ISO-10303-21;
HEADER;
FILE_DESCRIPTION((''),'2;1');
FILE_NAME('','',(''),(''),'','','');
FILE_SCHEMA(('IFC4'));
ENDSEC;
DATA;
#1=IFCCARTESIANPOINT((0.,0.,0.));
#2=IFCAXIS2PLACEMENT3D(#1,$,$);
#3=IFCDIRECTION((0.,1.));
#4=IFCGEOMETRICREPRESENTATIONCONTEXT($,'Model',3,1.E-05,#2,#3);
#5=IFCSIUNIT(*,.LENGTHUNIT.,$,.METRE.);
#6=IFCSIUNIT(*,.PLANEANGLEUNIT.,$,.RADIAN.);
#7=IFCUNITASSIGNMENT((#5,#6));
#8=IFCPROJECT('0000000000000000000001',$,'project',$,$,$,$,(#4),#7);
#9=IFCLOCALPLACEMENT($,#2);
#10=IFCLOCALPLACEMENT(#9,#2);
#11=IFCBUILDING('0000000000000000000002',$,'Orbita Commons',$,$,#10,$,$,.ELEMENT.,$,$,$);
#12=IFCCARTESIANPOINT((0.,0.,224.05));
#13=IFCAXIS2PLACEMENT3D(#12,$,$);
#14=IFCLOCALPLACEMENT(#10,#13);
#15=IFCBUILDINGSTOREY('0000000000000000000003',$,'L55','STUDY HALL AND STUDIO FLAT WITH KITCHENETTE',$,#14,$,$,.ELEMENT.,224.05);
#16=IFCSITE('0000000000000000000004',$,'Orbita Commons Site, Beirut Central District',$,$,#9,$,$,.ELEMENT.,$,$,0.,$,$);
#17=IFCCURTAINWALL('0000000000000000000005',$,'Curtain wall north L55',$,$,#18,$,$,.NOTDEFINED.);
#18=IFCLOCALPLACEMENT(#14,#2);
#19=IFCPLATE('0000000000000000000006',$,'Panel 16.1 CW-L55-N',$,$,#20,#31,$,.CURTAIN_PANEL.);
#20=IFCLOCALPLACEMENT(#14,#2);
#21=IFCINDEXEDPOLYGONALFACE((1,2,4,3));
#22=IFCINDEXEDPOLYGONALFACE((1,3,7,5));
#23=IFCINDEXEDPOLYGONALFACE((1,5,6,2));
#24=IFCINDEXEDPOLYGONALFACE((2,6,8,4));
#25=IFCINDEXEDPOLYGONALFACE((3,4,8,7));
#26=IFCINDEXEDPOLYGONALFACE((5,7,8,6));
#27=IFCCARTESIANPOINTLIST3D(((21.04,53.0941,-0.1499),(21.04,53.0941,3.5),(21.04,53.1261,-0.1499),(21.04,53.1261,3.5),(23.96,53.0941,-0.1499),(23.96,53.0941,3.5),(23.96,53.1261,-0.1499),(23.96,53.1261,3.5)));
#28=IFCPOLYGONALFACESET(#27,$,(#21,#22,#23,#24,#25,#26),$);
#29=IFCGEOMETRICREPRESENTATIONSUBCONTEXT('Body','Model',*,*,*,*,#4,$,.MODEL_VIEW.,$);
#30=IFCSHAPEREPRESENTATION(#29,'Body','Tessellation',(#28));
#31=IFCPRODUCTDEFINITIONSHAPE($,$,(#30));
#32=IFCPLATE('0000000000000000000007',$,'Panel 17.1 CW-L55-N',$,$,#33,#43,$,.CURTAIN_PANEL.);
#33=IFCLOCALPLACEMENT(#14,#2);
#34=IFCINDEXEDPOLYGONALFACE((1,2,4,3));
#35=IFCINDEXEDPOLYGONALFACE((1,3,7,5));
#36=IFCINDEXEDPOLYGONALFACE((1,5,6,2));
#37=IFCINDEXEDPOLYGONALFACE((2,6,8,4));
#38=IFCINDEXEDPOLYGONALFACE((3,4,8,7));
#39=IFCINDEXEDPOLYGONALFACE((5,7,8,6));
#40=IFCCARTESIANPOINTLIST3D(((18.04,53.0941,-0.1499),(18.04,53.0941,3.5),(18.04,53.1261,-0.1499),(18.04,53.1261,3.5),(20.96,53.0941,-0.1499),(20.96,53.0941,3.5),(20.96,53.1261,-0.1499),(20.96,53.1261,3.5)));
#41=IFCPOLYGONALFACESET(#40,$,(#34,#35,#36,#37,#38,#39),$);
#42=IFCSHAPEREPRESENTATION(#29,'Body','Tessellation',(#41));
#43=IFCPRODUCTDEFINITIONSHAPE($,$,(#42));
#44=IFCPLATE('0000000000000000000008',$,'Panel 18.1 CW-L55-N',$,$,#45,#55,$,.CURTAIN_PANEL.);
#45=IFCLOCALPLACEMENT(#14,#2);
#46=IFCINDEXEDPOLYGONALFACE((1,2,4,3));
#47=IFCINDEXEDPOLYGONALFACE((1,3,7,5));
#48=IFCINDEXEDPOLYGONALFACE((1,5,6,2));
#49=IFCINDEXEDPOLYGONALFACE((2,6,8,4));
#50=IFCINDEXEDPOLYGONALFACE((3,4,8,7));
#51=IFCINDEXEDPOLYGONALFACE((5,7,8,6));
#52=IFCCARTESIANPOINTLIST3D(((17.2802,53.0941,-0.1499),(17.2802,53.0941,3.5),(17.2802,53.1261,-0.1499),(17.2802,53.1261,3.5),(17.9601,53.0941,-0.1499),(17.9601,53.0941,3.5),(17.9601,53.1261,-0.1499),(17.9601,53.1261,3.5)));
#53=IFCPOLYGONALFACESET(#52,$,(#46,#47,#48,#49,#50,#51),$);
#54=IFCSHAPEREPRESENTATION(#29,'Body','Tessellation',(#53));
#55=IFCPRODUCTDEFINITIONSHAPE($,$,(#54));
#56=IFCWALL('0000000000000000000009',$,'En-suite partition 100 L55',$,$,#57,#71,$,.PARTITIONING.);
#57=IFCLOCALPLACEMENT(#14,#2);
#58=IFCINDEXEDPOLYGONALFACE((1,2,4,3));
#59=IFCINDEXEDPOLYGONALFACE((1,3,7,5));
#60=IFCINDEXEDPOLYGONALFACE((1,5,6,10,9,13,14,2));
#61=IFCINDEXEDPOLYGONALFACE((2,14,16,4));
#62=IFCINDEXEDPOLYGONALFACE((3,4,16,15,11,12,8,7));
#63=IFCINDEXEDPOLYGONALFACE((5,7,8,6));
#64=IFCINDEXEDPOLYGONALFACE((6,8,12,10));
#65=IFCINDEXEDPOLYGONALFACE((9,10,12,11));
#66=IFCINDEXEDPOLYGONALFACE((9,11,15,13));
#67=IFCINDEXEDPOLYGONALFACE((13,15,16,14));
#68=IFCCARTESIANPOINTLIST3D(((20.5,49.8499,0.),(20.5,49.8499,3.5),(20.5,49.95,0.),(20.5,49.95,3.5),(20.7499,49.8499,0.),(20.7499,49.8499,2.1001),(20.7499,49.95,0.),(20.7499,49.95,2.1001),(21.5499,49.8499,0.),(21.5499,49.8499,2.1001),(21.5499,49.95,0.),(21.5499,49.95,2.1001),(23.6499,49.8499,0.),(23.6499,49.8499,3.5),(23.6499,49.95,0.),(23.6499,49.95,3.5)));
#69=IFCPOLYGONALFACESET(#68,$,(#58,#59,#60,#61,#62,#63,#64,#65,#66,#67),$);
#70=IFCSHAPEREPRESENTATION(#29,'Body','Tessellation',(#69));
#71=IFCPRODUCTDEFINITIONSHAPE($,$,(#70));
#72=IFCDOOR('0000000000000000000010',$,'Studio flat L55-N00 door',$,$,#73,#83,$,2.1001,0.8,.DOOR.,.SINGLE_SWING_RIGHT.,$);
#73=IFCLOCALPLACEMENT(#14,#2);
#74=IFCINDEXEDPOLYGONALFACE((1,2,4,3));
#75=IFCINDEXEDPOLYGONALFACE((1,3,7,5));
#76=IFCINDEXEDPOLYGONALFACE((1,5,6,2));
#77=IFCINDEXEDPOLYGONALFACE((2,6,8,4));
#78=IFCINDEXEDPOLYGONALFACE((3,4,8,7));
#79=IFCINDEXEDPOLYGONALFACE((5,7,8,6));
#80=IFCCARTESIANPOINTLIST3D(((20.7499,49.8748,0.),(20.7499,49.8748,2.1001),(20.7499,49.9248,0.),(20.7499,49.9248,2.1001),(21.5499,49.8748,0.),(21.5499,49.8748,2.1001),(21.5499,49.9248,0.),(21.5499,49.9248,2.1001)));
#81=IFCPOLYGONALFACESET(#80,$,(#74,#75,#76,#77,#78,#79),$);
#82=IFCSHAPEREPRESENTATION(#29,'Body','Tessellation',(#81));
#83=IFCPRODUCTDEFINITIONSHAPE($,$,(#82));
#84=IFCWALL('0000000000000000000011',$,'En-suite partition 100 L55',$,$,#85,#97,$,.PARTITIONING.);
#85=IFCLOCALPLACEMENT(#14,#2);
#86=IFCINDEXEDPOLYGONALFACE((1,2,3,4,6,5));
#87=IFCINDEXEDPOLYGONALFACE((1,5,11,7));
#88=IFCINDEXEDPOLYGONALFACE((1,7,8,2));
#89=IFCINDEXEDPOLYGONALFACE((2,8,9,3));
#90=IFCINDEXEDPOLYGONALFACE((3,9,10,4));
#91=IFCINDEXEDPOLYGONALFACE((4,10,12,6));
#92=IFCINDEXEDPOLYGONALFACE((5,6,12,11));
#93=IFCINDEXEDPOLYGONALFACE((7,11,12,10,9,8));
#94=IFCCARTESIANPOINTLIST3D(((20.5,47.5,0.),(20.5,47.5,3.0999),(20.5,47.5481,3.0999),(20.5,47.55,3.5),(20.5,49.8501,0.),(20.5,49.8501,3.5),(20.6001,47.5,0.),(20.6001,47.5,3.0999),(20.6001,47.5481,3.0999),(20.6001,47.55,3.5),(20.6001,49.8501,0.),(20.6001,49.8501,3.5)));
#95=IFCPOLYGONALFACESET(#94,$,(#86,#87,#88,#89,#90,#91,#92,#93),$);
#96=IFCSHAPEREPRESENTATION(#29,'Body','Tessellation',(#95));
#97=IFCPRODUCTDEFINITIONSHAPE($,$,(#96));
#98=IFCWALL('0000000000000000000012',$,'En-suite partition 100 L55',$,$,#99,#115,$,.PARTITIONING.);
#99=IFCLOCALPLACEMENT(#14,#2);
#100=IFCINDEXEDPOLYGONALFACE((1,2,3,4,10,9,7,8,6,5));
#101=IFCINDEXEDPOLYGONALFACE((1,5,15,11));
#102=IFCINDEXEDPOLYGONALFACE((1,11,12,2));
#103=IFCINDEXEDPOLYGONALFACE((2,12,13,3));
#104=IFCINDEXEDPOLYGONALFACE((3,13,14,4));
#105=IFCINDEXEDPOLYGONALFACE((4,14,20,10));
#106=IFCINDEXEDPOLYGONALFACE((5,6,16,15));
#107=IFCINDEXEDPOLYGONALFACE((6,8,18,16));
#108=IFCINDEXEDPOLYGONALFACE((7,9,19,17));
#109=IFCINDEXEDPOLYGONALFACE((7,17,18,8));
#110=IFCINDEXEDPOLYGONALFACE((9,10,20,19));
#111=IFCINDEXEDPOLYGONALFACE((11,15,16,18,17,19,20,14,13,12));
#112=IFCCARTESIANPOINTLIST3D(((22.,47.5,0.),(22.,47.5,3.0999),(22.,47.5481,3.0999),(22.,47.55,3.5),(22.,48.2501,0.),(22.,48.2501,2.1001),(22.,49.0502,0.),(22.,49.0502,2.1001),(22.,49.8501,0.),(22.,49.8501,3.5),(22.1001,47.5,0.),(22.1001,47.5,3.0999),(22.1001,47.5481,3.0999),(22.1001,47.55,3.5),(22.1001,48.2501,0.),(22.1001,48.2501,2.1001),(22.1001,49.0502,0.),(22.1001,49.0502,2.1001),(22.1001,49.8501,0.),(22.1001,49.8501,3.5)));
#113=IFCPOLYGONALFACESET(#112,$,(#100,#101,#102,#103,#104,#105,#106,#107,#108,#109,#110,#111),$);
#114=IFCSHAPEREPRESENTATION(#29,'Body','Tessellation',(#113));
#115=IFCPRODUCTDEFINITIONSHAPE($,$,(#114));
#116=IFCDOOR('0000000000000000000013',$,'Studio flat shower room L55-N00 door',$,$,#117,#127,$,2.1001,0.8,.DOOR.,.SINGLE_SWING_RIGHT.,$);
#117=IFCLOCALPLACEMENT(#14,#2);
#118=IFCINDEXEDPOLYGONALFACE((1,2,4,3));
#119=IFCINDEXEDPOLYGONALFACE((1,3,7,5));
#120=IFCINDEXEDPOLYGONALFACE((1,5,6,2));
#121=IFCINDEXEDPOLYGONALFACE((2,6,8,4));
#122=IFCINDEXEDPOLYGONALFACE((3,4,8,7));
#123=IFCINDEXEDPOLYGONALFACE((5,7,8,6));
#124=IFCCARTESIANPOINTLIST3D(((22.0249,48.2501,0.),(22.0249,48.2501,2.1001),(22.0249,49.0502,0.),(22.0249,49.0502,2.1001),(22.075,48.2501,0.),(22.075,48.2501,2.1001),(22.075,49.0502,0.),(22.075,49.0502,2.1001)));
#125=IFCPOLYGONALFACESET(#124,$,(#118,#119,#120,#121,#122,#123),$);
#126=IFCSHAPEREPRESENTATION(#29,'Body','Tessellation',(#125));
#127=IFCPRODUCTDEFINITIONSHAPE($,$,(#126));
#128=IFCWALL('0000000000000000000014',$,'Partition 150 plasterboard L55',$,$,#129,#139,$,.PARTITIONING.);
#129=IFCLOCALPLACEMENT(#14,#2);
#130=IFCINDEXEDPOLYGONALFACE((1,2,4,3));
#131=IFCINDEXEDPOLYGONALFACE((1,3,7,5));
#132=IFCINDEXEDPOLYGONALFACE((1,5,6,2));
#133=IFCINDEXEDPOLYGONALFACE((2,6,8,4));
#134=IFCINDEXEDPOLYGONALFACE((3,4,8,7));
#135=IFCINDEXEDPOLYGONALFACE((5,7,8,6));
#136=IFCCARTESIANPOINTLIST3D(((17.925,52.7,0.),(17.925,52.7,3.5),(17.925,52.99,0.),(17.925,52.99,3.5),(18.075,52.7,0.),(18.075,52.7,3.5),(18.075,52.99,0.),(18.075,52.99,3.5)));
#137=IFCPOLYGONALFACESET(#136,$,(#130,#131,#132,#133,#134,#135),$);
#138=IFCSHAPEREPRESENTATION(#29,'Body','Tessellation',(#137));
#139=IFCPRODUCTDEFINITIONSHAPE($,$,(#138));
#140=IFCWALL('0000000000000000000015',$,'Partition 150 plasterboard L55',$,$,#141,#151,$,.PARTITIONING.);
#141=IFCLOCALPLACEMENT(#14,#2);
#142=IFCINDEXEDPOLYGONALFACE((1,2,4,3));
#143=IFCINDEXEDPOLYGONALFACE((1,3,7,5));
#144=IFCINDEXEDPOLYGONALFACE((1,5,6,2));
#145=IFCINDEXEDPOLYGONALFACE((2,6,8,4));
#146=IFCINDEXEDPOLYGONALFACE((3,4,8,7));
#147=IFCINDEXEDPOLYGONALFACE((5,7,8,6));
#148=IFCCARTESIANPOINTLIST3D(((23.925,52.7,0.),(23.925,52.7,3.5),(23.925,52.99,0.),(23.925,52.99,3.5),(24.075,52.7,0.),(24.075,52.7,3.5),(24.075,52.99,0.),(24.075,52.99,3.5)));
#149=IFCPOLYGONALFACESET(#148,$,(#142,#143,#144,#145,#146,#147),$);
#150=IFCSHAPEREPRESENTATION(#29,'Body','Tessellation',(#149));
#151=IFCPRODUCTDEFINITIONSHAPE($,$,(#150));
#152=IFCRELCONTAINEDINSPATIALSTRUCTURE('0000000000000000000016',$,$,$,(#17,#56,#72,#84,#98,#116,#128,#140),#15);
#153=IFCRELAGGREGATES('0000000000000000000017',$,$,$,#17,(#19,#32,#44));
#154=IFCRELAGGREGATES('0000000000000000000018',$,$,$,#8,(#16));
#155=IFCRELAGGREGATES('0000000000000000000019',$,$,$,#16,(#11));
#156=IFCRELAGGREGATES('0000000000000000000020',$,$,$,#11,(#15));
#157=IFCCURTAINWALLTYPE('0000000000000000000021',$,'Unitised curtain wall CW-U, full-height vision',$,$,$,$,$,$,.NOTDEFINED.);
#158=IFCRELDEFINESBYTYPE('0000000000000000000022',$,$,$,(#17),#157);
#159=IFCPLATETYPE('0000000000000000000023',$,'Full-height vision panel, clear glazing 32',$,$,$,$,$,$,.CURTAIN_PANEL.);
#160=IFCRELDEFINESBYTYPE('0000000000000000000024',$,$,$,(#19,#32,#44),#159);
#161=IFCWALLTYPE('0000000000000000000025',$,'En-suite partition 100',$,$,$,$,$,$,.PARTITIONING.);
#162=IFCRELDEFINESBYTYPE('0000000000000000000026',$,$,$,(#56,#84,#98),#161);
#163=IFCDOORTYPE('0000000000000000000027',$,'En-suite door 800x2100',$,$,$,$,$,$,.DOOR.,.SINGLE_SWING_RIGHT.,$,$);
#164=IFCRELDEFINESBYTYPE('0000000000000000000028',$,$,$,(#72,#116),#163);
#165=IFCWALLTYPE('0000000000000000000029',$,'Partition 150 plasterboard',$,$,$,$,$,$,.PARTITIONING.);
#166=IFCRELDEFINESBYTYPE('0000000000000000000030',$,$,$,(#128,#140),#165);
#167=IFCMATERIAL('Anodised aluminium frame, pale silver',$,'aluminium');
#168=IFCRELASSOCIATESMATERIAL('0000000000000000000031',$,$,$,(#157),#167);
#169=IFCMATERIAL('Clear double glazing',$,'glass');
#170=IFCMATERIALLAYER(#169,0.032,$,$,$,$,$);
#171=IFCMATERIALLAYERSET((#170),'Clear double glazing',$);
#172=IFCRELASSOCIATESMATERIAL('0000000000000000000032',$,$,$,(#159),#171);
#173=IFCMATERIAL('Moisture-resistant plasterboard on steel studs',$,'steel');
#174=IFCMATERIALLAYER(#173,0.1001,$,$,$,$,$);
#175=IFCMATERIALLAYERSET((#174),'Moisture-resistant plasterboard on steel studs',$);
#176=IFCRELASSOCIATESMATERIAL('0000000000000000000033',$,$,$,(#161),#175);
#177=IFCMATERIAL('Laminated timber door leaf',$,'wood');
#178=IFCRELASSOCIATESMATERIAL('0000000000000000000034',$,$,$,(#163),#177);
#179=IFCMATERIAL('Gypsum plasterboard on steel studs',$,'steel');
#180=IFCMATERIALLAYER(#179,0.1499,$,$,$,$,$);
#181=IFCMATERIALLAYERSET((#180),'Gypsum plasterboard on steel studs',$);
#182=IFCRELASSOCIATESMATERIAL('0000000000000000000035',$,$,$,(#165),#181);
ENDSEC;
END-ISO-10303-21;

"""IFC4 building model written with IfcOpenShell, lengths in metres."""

from ifc_helpers import new_model, si_unit, direction, frame, frame_2d, origin, origin_2d, place, context, subcontext, project, spatial, polyline, rectangle, outline, extrude, material, layer, layer_set, type_object, element, fill, aggregate, save


model = new_model("IFC4")

# Units and contexts
model_context = context("Model", 3, precision=1e-05, world=origin(), true_north=direction((0.0, 1.0)))
body_context = subcontext(model_context, "Body", "Model", "MODEL_VIEW")
ifc_project = project(units=[si_unit("LENGTHUNIT", "METRE"), si_unit("PLANEANGLEUNIT", "RADIAN")], contexts=[model_context])

# Site, building, storey
site_placement = place(None, origin())
site = spatial("IfcSite", under=ifc_project, at=site_placement, Name="Orbita Commons Site, Beirut Central District", CompositionType="ELEMENT", RefElevation=0.0)
building_placement = place(site_placement, origin())
building = spatial("IfcBuilding", under=site, at=building_placement, Name="Orbita Commons", CompositionType="ELEMENT")
storey_placement = place(building_placement, frame((0.0, 0.0, 224.05)))
storey = spatial("IfcBuildingStorey", under=building, at=storey_placement, Name="L55", Description="STUDY HALL AND STUDIO FLAT WITH KITCHENETTE", CompositionType="ELEMENT", Elevation=224.05)

# Curtain wall
ifc_material_1 = material(Name="Anodised aluminium frame, pale silver", Category="aluminium")
curtain_wall_type = type_object("IfcCurtainWallType", Name="Unitised curtain wall CW-U, full-height vision", PredefinedType="NOTDEFINED", material=ifc_material_1)
curtain_wall_placement = place(storey_placement, origin())
curtain_wall = element("IfcCurtainWall", 1, at=curtain_wall_placement, inside=storey, type_object=curtain_wall_type, Name="Curtain wall north L55", PredefinedType="NOTDEFINED")

# Plates
ifc_material_2 = material(Name="Clear double glazing", Category="glass")
ifc_layer_1 = layer(ifc_material_2, 0.032)
ifc_layer_set_1 = layer_set([ifc_layer_1], Name="Clear double glazing")
plate_type = type_object("IfcPlateType", Name="Full-height vision panel, clear glazing 32", PredefinedType="CURTAIN_PANEL", material=ifc_layer_set_1)
plate_1_placement = place(storey_placement, frame((22.5, 53.1101, -0.1499), z_axis=(0.0, 0.0, 1.0), x_axis=(-1.0, 0.0, 0.0)))
plate_1 = element("IfcPlate", 2, at=plate_1_placement, type_object=plate_type, Name="Panel 16.1 CW-L55-N", PredefinedType="CURTAIN_PANEL", context=body_context, shape_type="SweptSolid", body=[
    extrude(rectangle(XDim=2.9199, YDim=0.032, at=origin_2d()), origin(), (0.0, 0.0, 1.0), 3.6499),
])
plate_2_placement = place(storey_placement, frame((19.5, 53.1101, -0.1499), z_axis=(0.0, 0.0, 1.0), x_axis=(-1.0, 0.0, 0.0)))
plate_2 = element("IfcPlate", 3, at=plate_2_placement, type_object=plate_type, Name="Panel 17.1 CW-L55-N", PredefinedType="CURTAIN_PANEL", context=body_context, shape_type="SweptSolid", body=[
    extrude(rectangle(XDim=2.9199, YDim=0.032, at=origin_2d()), origin(), (0.0, 0.0, 1.0), 3.6499),
])
plate_3_placement = place(storey_placement, frame((17.6201, 53.1101, -0.1499), z_axis=(0.0, 0.0, 1.0), x_axis=(-1.0, 0.0, 0.0)))
plate_3 = element("IfcPlate", 4, at=plate_3_placement, type_object=plate_type, Name="Panel 18.1 CW-L55-N", PredefinedType="CURTAIN_PANEL", context=body_context, shape_type="SweptSolid", body=[
    extrude(rectangle(XDim=0.6799, YDim=0.032, at=origin_2d()), origin(), (0.0, 0.0, 1.0), 3.6499),
])
aggregate(curtain_wall, [plate_1, plate_2, plate_3])

# Wall, opening, door
ifc_material_3 = material(Name="Moisture-resistant plasterboard on steel studs", Category="steel")
ifc_layer_2 = layer(ifc_material_3, 0.1001)
ifc_layer_set_2 = layer_set([ifc_layer_2], Name="Moisture-resistant plasterboard on steel studs")
wall_type_1 = type_object("IfcWallType", Name="En-suite partition 100", PredefinedType="PARTITIONING", material=ifc_layer_set_2)
wall_1_placement = place(storey_placement, frame((20.5, 49.8999, 0.0), z_axis=(0.0, 0.0, 1.0), x_axis=(1.0, 0.0, 0.0)))
wall_1 = element("IfcWall", 5, at=wall_1_placement, inside=storey, type_object=wall_type_1, Name="En-suite partition 100 L55", PredefinedType="PARTITIONING", context=body_context, shape_type="SweptSolid", body=[
    extrude(rectangle(XDim=3.1499, YDim=0.1001, at=frame_2d((1.575, 0.0))), origin(), (0.0, 0.0, 1.0), 3.5),
])
opening_1_placement = place(wall_1_placement, frame((0.25, 0.0, 0.0)))
opening_1 = element("IfcOpeningElement", 6, at=opening_1_placement, cuts=wall_1, PredefinedType="OPENING", context=body_context, shape_type="SweptSolid", body=[
    extrude(rectangle(XDim=0.8, YDim=2.1001, at=frame_2d((0.3999, 1.05))), frame((0.0, 0.0601, 0.0), z_axis=(0.0, -1.0, 0.0), x_axis=(1.0, 0.0, 0.0)), (0.0, 0.0, 1.0), 0.1201),
])
ifc_material_4 = material(Name="Laminated timber door leaf", Category="wood")
door_type = type_object("IfcDoorType", Name="En-suite door 800x2100", OperationType="SINGLE_SWING_RIGHT", PredefinedType="DOOR", material=ifc_material_4)
door_1_placement = place(opening_1_placement, origin())
door_1 = element("IfcDoor", 7, at=door_1_placement, inside=storey, type_object=door_type, Name="Studio flat L55-N00 door", OperationType="SINGLE_SWING_RIGHT", OverallHeight=2.1001, OverallWidth=0.8, PredefinedType="DOOR", context=body_context, shape_type="SweptSolid", body=[
    extrude(rectangle(XDim=0.8, YDim=2.1001, at=frame_2d((0.3999, 1.05))), frame((0.0, 0.0249, 0.0), z_axis=(0.0, -1.0, 0.0), x_axis=(1.0, 0.0, 0.0)), (0.0, 0.0, 1.0), 0.05),
])
fill(opening_1, door_1)

# Wall
wall_2_placement = place(storey_placement, frame((20.55, 49.8501, 0.0), z_axis=(0.0, 0.0, 1.0), x_axis=(0.0, -1.0, 0.0)))
element("IfcWall", 8, at=wall_2_placement, inside=storey, type_object=wall_type_1, Name="En-suite partition 100 L55", PredefinedType="PARTITIONING", context=body_context, shape_type="SweptSolid", body=[
    extrude(outline(polyline([(0.0, 0.0), (2.3501, 0.0), (2.3501, 3.0999), (2.302, 3.0999), (2.3, 3.5), (0.0, 3.5), (0.0, 0.0)])), frame((0.0, 0.05, 0.0), z_axis=(0.0, -1.0, 0.0), x_axis=(1.0, 0.0, 0.0)), (0.0, 0.0, 1.0), 0.1001),
])

# Wall, opening, door
wall_3_placement = place(storey_placement, frame((22.05, 49.8501, 0.0), z_axis=(0.0, 0.0, 1.0), x_axis=(0.0, -1.0, 0.0)))
wall_3 = element("IfcWall", 9, at=wall_3_placement, inside=storey, type_object=wall_type_1, Name="En-suite partition 100 L55", PredefinedType="PARTITIONING", context=body_context, shape_type="SweptSolid", body=[
    extrude(outline(polyline([(0.0, 0.0), (2.3501, 0.0), (2.3501, 3.0999), (2.302, 3.0999), (2.3, 3.5), (0.0, 3.5), (0.0, 0.0)])), frame((0.0, 0.05, 0.0), z_axis=(0.0, -1.0, 0.0), x_axis=(1.0, 0.0, 0.0)), (0.0, 0.0, 1.0), 0.1001),
])
opening_2_placement = place(wall_3_placement, frame((0.8, 0.0, 0.0)))
opening_2 = element("IfcOpeningElement", 10, at=opening_2_placement, cuts=wall_3, PredefinedType="OPENING", context=body_context, shape_type="SweptSolid", body=[
    extrude(rectangle(XDim=0.8, YDim=2.1001, at=frame_2d((0.3999, 1.05))), frame((0.0, 0.0601, 0.0), z_axis=(0.0, -1.0, 0.0), x_axis=(1.0, 0.0, 0.0)), (0.0, 0.0, 1.0), 0.1201),
])
door_2_placement = place(opening_2_placement, origin())
door_2 = element("IfcDoor", 11, at=door_2_placement, inside=storey, type_object=door_type, Name="Studio flat shower room L55-N00 door", OperationType="SINGLE_SWING_RIGHT", OverallHeight=2.1001, OverallWidth=0.8, PredefinedType="DOOR", context=body_context, shape_type="SweptSolid", body=[
    extrude(rectangle(XDim=0.8, YDim=2.1001, at=frame_2d((0.3999, 1.05))), frame((0.0, 0.0249, 0.0), z_axis=(0.0, -1.0, 0.0), x_axis=(1.0, 0.0, 0.0)), (0.0, 0.0, 1.0), 0.05),
])
fill(opening_2, door_2)

# Walls
ifc_material_5 = material(Name="Gypsum plasterboard on steel studs", Category="steel")
ifc_layer_3 = layer(ifc_material_5, 0.1499)
ifc_layer_set_3 = layer_set([ifc_layer_3], Name="Gypsum plasterboard on steel studs")
wall_type_2 = type_object("IfcWallType", Name="Partition 150 plasterboard", PredefinedType="PARTITIONING", material=ifc_layer_set_3)
for number, where, z_axis, x_axis, name in (
    (12, (18.0, 52.7, 0.0), (0.0, 0.0, 1.0), (0.0, 1.0, 0.0), "Partition 150 plasterboard L55"),
    (13, (24.0, 52.7, 0.0), (0.0, 0.0, 1.0), (0.0, 1.0, 0.0), "Partition 150 plasterboard L55"),
):
    element("IfcWall", number, at=place(storey_placement, frame(where, z_axis=z_axis, x_axis=x_axis)), inside=storey, type_object=wall_type_2, Name=name, PredefinedType="PARTITIONING", context=body_context, shape_type="SweptSolid", body=[
        extrude(rectangle(XDim=0.29, YDim=0.1499, at=frame_2d((0.145, 0.0))), origin(), (0.0, 0.0, 1.0), 3.5),
    ])

save(model, "model.ifc")
